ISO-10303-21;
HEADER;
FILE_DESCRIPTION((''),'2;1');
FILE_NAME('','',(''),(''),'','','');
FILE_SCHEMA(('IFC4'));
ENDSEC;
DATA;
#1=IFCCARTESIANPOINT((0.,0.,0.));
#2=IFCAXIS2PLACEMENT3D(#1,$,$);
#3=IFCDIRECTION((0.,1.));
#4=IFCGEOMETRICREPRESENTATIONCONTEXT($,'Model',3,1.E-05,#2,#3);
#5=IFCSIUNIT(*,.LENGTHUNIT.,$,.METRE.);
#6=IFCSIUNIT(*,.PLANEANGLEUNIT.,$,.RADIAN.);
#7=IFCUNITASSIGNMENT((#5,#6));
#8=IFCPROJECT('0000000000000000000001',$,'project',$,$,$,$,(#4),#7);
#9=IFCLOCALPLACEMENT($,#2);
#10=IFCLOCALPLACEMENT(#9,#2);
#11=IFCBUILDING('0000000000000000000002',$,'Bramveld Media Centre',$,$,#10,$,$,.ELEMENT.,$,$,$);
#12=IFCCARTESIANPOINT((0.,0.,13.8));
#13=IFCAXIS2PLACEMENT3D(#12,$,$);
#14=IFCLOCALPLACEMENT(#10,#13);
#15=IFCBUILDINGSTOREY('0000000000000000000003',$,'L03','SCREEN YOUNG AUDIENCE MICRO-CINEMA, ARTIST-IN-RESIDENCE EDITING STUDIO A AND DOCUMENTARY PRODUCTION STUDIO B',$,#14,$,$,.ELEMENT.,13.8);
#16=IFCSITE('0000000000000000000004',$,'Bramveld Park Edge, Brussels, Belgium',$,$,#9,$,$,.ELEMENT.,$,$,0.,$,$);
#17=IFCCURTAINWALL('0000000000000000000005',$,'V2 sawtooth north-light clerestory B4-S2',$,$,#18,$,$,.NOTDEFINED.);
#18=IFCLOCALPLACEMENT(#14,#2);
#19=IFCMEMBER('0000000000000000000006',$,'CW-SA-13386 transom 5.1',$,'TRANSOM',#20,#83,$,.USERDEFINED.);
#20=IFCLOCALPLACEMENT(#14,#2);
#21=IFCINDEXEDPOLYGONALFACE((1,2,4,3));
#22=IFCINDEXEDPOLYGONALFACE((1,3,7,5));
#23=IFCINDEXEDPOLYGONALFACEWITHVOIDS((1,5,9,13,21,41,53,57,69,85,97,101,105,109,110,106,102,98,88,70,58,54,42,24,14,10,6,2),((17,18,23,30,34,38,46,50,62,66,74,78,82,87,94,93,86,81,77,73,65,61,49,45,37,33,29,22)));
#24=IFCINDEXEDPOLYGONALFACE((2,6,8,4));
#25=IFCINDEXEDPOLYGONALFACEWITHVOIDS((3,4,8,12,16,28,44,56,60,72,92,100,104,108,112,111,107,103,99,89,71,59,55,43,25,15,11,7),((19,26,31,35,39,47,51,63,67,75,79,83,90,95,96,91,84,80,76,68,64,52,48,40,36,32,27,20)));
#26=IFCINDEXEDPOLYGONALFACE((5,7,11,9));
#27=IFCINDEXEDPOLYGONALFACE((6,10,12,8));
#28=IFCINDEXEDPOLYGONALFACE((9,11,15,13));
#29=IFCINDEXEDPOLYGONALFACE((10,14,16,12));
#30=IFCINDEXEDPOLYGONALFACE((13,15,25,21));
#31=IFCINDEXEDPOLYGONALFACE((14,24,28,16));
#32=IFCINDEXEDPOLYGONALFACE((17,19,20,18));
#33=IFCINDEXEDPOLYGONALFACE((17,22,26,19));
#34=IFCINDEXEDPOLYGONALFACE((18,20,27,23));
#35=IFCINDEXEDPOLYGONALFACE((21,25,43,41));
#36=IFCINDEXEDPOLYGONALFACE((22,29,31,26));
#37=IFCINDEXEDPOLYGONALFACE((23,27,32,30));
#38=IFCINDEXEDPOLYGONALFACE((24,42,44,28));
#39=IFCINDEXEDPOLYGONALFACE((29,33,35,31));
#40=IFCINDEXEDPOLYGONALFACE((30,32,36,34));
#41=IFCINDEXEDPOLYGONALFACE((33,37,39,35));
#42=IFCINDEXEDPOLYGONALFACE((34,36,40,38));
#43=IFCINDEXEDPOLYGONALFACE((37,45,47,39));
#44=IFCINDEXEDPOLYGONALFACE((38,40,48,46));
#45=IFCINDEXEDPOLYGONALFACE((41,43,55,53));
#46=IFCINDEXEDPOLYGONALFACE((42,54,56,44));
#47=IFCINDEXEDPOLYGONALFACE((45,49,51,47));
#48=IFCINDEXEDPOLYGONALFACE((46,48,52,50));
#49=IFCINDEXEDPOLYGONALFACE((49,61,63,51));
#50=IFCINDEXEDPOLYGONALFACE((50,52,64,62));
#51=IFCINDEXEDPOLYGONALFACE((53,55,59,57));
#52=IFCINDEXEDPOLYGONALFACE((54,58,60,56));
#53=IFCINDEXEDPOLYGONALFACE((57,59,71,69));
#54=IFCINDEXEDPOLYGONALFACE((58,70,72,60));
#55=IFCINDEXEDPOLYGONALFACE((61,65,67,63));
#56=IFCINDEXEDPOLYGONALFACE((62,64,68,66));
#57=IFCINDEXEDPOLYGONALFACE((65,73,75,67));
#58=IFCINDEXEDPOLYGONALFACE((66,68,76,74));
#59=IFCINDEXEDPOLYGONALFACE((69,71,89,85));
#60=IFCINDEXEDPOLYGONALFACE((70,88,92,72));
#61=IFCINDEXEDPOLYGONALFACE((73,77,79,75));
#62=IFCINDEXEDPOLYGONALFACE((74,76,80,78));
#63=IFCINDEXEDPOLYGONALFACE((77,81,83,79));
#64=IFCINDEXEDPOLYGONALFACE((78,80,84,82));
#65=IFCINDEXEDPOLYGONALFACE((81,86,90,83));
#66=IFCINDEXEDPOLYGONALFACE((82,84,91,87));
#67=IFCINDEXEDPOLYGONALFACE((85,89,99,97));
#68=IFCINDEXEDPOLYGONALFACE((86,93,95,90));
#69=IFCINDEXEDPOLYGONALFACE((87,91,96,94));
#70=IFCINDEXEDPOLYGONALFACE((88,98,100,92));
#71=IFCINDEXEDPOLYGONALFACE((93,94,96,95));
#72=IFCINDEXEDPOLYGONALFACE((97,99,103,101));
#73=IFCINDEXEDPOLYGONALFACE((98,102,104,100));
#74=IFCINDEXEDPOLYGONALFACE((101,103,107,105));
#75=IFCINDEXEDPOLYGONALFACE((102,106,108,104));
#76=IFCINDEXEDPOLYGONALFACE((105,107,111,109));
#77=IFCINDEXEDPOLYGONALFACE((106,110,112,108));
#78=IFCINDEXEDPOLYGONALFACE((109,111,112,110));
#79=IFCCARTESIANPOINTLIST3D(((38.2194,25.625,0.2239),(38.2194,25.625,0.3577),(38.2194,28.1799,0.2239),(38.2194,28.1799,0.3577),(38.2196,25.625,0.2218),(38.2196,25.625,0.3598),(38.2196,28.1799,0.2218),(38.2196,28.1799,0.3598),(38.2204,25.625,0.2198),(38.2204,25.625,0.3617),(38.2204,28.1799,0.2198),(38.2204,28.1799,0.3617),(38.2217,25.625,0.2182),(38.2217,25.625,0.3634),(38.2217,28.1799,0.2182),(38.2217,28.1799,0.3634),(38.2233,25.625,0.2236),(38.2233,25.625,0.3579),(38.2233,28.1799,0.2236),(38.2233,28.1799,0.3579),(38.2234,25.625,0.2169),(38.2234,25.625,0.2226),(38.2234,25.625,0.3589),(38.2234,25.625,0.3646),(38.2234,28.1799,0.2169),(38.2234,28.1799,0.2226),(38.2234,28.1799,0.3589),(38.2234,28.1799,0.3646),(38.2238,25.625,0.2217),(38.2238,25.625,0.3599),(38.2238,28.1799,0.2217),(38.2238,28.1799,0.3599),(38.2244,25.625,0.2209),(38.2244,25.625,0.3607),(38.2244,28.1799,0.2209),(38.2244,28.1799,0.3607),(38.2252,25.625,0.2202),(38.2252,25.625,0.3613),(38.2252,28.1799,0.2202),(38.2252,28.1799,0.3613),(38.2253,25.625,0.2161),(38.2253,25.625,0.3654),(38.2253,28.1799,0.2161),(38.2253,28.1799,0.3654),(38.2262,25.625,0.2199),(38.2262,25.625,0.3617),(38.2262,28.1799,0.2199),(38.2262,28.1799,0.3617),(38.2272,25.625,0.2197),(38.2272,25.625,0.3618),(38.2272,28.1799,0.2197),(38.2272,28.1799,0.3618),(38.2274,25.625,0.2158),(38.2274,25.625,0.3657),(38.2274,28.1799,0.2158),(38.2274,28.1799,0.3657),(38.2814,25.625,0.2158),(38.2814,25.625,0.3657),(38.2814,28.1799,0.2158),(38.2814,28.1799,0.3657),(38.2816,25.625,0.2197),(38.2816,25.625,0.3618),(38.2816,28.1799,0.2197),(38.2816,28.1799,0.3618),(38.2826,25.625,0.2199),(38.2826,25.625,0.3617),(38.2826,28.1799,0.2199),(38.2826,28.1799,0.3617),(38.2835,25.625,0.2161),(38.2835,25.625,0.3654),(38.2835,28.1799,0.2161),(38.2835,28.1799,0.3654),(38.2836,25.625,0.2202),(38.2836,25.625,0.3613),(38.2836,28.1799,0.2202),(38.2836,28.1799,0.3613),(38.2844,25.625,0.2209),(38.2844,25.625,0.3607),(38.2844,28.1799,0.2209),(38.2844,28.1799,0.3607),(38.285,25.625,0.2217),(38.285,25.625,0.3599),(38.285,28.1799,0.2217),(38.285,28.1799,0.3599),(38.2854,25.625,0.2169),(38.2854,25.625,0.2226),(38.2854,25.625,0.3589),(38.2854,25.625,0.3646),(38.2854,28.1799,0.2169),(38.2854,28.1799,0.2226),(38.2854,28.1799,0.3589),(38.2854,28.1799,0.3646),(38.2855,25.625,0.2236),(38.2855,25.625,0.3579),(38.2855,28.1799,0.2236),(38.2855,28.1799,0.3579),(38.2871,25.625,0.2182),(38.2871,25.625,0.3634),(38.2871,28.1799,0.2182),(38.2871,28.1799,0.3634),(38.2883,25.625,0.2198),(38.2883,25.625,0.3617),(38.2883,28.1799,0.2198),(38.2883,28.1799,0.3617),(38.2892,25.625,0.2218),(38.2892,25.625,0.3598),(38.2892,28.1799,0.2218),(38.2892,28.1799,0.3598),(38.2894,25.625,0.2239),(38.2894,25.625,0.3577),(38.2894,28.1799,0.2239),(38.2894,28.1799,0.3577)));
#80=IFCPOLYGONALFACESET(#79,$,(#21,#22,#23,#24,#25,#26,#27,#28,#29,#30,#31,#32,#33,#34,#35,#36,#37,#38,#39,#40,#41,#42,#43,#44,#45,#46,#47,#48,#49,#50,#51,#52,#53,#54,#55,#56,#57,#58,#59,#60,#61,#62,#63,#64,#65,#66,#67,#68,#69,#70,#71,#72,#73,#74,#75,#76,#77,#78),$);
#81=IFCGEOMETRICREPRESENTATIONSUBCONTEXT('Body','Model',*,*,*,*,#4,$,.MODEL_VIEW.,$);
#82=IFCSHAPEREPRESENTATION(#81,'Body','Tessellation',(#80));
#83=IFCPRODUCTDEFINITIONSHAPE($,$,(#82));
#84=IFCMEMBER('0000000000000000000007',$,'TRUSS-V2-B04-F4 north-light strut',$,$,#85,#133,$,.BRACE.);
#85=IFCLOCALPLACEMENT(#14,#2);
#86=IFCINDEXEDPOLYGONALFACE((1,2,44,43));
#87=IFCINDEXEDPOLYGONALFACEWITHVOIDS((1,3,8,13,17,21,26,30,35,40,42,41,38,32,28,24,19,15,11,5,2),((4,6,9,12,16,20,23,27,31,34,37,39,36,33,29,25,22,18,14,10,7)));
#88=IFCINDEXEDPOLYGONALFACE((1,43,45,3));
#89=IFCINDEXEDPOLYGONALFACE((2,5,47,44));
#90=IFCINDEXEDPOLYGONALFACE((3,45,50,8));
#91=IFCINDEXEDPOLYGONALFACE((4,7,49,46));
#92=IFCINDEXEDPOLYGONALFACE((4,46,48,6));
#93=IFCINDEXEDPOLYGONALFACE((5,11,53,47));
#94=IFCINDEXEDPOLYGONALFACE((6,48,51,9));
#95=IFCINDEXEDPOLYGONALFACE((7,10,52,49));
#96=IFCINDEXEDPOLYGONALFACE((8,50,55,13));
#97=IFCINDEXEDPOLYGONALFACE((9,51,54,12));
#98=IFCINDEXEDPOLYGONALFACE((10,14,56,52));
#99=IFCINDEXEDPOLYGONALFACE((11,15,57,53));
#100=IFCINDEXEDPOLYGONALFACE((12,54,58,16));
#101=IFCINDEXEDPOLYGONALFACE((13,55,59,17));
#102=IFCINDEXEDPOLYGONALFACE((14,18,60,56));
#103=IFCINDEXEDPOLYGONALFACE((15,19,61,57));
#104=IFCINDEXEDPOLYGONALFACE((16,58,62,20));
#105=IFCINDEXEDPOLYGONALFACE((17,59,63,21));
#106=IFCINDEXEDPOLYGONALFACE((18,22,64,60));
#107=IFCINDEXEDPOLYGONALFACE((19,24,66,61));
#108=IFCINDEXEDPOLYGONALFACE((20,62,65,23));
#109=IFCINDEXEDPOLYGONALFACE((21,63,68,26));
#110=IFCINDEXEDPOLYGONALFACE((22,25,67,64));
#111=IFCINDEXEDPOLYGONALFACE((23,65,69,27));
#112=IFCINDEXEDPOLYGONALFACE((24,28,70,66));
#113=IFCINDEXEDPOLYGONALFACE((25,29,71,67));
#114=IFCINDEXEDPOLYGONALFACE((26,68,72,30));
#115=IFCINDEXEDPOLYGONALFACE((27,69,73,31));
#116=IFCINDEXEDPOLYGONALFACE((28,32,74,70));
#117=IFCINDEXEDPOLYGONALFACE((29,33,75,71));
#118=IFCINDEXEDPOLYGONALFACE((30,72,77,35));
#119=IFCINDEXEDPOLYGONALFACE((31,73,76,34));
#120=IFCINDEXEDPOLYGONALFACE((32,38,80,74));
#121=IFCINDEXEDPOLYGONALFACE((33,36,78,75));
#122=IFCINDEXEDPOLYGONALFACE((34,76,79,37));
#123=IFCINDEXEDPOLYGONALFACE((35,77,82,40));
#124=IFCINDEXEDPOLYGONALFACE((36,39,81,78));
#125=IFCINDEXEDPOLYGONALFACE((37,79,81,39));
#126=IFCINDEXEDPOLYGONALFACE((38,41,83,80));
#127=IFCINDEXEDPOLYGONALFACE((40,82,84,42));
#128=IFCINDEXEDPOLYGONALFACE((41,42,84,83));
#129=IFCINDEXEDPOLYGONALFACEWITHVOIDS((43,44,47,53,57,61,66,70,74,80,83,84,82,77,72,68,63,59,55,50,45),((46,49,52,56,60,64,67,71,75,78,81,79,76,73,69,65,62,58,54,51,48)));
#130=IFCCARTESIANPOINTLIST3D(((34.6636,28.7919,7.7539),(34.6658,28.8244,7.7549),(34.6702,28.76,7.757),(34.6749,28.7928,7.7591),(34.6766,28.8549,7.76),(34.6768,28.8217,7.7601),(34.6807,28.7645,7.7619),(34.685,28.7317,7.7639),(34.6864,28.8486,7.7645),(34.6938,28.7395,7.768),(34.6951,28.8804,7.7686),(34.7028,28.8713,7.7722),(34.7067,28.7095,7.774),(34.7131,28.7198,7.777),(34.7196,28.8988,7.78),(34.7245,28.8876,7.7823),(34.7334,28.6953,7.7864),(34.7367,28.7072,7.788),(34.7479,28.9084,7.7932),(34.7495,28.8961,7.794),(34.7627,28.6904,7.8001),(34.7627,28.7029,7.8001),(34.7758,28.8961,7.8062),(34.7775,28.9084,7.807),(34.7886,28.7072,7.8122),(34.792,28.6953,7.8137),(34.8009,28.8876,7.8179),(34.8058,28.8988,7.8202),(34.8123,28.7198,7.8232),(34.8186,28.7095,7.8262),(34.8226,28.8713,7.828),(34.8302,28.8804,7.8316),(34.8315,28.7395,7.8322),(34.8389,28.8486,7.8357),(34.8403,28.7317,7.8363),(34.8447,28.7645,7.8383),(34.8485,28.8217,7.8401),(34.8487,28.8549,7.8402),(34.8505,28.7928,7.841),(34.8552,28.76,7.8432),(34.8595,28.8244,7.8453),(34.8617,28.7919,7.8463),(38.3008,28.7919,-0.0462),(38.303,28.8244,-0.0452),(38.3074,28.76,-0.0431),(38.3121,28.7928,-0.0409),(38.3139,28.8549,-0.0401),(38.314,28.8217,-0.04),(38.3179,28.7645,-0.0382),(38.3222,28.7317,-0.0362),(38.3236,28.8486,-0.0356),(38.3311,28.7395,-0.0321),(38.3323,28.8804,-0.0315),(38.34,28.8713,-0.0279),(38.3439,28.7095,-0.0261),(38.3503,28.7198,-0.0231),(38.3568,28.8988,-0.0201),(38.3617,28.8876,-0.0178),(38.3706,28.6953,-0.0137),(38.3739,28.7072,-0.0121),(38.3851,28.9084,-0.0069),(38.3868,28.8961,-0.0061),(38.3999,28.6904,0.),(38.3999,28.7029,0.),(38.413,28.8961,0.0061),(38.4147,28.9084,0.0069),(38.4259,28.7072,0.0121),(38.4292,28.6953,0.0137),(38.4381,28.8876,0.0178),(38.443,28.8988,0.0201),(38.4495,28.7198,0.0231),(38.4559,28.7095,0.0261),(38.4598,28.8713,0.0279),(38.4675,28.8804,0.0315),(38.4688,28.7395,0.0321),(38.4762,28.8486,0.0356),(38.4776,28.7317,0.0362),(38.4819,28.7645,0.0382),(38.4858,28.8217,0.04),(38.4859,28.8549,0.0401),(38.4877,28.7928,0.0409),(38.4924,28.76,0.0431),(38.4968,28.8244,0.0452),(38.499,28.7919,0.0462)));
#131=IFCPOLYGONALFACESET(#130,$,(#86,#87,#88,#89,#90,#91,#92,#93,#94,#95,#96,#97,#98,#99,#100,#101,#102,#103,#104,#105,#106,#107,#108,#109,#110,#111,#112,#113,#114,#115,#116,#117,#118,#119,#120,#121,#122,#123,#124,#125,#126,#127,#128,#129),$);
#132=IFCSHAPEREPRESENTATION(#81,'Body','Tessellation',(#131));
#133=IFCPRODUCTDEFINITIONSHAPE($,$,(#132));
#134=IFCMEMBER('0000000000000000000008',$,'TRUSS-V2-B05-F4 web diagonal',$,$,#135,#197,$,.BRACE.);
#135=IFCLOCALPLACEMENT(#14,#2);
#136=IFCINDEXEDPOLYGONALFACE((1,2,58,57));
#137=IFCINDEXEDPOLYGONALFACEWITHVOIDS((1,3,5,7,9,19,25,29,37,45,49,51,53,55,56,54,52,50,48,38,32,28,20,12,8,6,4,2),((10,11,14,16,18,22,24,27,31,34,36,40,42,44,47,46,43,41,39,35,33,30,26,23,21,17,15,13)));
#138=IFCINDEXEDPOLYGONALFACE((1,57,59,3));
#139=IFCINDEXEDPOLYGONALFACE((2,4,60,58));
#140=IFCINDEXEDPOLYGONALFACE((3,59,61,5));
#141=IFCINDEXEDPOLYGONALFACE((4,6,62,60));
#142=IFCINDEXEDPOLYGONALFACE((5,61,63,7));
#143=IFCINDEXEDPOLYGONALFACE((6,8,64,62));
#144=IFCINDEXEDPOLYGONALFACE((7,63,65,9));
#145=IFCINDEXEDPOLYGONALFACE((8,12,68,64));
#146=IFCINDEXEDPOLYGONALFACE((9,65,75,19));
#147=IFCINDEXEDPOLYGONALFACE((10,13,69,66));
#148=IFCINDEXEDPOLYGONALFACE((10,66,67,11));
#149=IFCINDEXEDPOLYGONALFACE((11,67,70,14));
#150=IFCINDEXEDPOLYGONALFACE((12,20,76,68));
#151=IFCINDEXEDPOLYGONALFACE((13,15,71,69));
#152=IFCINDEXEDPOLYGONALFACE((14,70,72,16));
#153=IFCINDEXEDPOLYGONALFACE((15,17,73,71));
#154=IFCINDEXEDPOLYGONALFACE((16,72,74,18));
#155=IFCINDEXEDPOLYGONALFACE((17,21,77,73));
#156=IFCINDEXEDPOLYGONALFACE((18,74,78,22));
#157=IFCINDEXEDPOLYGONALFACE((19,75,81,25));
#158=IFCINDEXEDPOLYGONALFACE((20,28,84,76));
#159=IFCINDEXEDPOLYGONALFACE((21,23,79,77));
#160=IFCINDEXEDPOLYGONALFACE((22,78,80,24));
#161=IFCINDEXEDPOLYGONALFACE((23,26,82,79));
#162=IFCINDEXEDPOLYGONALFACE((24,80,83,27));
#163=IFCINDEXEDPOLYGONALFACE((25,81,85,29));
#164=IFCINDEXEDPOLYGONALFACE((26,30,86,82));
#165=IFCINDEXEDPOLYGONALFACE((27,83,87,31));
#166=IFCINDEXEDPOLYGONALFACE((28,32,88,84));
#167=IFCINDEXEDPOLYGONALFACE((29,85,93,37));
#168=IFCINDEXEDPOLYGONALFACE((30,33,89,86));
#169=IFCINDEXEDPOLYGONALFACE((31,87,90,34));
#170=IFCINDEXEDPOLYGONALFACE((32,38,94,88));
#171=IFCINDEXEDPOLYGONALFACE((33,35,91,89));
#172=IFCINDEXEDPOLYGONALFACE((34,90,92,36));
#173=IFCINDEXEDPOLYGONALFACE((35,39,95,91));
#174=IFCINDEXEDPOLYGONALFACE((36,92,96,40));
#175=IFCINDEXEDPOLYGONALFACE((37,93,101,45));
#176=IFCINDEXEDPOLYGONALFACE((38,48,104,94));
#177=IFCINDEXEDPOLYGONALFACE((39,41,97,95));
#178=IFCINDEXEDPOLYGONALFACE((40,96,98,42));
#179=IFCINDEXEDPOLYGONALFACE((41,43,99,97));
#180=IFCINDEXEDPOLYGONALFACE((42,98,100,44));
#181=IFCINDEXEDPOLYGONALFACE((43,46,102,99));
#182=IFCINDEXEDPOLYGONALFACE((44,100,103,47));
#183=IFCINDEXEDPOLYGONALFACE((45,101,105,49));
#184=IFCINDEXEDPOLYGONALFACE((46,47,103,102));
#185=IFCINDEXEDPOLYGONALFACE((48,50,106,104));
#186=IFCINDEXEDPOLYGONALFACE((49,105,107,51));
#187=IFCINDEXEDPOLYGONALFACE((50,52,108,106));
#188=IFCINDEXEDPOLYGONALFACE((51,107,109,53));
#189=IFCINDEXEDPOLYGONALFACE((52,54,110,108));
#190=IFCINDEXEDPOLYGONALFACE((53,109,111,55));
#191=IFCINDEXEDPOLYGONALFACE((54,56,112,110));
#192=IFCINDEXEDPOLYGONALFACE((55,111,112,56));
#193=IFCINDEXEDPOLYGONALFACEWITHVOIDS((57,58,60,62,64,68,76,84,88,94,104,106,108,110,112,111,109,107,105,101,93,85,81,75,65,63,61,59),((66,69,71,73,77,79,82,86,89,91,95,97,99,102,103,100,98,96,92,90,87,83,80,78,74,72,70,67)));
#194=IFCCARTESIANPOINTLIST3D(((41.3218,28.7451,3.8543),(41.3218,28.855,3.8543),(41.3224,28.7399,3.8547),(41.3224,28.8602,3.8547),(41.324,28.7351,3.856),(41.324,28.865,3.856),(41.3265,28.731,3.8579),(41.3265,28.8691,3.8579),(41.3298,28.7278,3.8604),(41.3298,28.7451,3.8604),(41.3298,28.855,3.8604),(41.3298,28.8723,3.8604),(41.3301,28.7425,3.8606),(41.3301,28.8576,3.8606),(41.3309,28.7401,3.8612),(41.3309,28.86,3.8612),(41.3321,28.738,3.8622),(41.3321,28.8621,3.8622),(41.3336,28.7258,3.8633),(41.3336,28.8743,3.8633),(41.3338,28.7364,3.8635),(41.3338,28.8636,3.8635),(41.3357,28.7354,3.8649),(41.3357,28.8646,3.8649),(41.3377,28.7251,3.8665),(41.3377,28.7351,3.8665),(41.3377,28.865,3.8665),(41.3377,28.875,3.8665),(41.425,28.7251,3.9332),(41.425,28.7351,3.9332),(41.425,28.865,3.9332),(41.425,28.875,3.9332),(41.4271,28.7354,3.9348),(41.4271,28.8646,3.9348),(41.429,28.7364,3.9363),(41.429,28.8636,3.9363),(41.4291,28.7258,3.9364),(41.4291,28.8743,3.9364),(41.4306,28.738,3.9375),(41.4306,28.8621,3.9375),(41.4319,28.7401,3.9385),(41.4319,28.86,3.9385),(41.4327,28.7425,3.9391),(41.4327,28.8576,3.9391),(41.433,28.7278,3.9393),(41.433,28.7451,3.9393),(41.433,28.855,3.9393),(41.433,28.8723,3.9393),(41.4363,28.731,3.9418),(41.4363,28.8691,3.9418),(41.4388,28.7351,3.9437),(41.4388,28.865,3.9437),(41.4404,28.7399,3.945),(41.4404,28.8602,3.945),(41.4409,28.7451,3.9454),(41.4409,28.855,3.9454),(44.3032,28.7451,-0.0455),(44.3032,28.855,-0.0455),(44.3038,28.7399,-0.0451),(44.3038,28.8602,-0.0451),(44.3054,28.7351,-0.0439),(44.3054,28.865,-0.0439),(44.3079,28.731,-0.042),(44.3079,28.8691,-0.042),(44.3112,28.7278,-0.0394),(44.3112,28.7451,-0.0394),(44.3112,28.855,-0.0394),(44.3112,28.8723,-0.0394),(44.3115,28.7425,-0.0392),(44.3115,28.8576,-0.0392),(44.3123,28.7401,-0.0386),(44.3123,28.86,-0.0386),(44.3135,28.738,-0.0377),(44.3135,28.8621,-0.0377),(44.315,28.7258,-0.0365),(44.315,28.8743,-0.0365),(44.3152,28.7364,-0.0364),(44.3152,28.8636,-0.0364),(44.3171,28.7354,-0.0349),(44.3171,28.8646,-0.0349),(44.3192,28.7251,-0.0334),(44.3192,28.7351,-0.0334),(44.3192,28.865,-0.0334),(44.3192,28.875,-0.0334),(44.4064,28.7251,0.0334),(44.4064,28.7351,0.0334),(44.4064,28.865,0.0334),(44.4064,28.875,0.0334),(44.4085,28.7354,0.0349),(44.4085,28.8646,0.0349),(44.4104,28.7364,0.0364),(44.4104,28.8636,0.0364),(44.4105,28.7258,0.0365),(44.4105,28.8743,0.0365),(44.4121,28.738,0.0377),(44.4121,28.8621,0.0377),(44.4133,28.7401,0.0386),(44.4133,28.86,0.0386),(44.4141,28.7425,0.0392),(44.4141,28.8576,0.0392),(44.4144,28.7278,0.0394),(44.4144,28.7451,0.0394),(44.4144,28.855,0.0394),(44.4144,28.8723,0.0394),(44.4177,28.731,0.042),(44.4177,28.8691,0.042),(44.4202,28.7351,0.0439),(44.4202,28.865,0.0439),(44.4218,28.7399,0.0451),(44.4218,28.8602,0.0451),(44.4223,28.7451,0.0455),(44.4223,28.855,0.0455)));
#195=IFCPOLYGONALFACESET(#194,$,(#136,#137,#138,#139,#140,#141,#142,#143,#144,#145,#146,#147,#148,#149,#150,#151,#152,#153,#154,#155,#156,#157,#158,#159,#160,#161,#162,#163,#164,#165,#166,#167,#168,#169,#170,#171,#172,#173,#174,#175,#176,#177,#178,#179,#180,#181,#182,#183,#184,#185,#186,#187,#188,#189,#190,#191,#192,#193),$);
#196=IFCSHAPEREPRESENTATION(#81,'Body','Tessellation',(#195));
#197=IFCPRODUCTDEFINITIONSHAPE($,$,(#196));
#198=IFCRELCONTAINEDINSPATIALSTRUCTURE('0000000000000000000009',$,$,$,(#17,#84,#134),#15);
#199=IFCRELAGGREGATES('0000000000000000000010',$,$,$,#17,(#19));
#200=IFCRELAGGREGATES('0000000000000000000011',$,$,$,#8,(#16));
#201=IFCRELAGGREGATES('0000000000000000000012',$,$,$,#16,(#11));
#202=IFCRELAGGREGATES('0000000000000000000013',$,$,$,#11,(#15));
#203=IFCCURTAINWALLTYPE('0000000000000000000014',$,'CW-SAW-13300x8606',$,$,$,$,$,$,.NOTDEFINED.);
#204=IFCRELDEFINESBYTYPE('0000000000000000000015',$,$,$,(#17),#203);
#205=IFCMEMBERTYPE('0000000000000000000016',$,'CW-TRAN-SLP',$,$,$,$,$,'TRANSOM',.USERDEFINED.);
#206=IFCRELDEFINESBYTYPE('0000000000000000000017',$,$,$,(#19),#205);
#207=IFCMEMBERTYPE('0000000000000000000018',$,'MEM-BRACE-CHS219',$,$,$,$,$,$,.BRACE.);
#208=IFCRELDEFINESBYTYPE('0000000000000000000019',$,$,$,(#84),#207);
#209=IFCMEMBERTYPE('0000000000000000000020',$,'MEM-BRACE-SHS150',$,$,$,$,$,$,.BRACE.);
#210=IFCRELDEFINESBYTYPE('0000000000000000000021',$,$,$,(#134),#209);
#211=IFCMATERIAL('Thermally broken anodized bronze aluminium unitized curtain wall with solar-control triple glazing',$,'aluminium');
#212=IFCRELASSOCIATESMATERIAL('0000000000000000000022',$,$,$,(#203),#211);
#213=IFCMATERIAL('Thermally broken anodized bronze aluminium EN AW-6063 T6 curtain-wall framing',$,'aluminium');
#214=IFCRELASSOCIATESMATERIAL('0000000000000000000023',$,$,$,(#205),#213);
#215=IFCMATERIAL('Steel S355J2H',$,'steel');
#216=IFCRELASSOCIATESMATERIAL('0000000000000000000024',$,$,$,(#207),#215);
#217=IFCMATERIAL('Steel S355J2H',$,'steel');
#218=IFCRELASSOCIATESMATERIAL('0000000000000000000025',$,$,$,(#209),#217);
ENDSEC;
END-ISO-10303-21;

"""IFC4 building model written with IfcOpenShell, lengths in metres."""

from ifc_helpers import new_model, si_unit, direction, frame, origin, origin_2d, place, context, subcontext, project, spatial, hollow_rectangle, hollow_circle, extrude, material, material_profile, profile_set, type_object, element, aggregate, save


model = new_model("IFC4")

# Units and contexts
model_context = context("Model", 3, precision=1e-05, world=origin(), true_north=direction((0.0, 1.0)))
body_context = subcontext(model_context, "Body", "Model", "MODEL_VIEW")
ifc_project = project(units=[si_unit("LENGTHUNIT", "METRE"), si_unit("PLANEANGLEUNIT", "RADIAN")], contexts=[model_context])

# Site, building, storey
site_placement = place(None, origin())
site = spatial("IfcSite", under=ifc_project, at=site_placement, Name="Bramveld Park Edge, Brussels, Belgium", CompositionType="ELEMENT", RefElevation=0.0)
building_placement = place(site_placement, origin())
building = spatial("IfcBuilding", under=site, at=building_placement, Name="Bramveld Media Centre", CompositionType="ELEMENT")
storey_placement = place(building_placement, frame((0.0, 0.0, 13.8)))
storey = spatial("IfcBuildingStorey", under=building, at=storey_placement, Name="L03", Description="SCREEN YOUNG AUDIENCE MICRO-CINEMA, ARTIST-IN-RESIDENCE EDITING STUDIO A AND DOCUMENTARY PRODUCTION STUDIO B", CompositionType="ELEMENT", Elevation=13.8)

# Curtain wall, member
ifc_material_1 = material(Name="Thermally broken anodized bronze aluminium unitized curtain wall with solar-control triple glazing", Category="aluminium")
curtain_wall_type = type_object("IfcCurtainWallType", Name="CW-SAW-13300x8606", PredefinedType="NOTDEFINED", material=ifc_material_1)
curtain_wall_placement = place(storey_placement, origin())
curtain_wall = element("IfcCurtainWall", 1, at=curtain_wall_placement, inside=storey, type_object=curtain_wall_type, Name="V2 sawtooth north-light clerestory B4-S2", PredefinedType="NOTDEFINED")
ifc_material_2 = material(Name="Thermally broken anodized bronze aluminium EN AW-6063 T6 curtain-wall framing", Category="aluminium")
ifc_material_profile_1 = material_profile(ifc_material_2, hollow_rectangle(XDim=0.0701, YDim=0.1499, WallThickness=0.0039, InnerFilletRadius=0.0039, OuterFilletRadius=0.0081, at=origin_2d()), Name="AL-TRAN 70x150")
ifc_profile_set_1 = profile_set([ifc_material_profile_1], Name="Thermally broken anodized bronze aluminium EN AW-6063 T6 curtain-wall framing")
member_type_1 = type_object("IfcMemberType", Name="CW-TRAN-SLP", ElementType="TRANSOM", PredefinedType="USERDEFINED", material=ifc_profile_set_1)
member_1_placement = place(storey_placement, frame((38.2544, 25.625, 0.2908), z_axis=(0.0, 1.0, 0.0), x_axis=(-1.0, 0.0, 0.0)))
member_1 = element("IfcMember", 2, at=member_1_placement, type_object=member_type_1, Name="CW-SA-13386 transom 5.1", ObjectType="TRANSOM", PredefinedType="USERDEFINED", context=body_context, shape_type="SweptSolid", body=[
    extrude(hollow_rectangle(XDim=0.0701, YDim=0.1499, WallThickness=0.0039, InnerFilletRadius=0.0039, OuterFilletRadius=0.0081, at=origin_2d()), origin(), (0.0, 0.0, 1.0), 2.5549),
])

# Members
ifc_material_3 = material(Name="Steel S355J2H", Category="steel")
ifc_material_profile_2 = material_profile(ifc_material_3, hollow_circle(Radius=0.1096, WallThickness=0.0125, at=origin_2d()), Name="CHS 219.1x12.5")
ifc_profile_set_2 = profile_set([ifc_material_profile_2], Name="Steel S355J2H")
member_type_2 = type_object("IfcMemberType", Name="MEM-BRACE-CHS219", PredefinedType="BRACE", material=ifc_profile_set_2)
member_2_placement = place(storey_placement, frame((38.3999, 28.8, 0.0), z_axis=(-0.422617, 0.0, 0.906308), x_axis=(0.0, -1.0, 0.0)))
element("IfcMember", 3, at=member_2_placement, inside=storey, type_object=member_type_2, Name="TRUSS-V2-B04-F4 north-light strut", PredefinedType="BRACE", context=body_context, shape_type="SweptSolid", body=[
    extrude(hollow_circle(Radius=0.1096, WallThickness=0.0125, at=origin_2d()), origin(), (0.0, 0.0, 1.0), 8.6064),
])
ifc_material_4 = material(Name="Steel S355J2H", Category="steel")
ifc_material_profile_3 = material_profile(ifc_material_4, hollow_rectangle(XDim=0.1499, YDim=0.1499, WallThickness=0.01, InnerFilletRadius=0.01, OuterFilletRadius=0.02, at=origin_2d()), Name="SHS 150x150x10")
ifc_profile_set_3 = profile_set([ifc_material_profile_3], Name="Steel S355J2H")
member_type_3 = type_object("IfcMemberType", Name="MEM-BRACE-SHS150", PredefinedType="BRACE", material=ifc_profile_set_3)
member_3_placement = place(storey_placement, frame((44.3628, 28.8, 0.0), z_axis=(-0.607343, 0.0, 0.79444), x_axis=(0.0, -1.0, 0.0)))
element("IfcMember", 4, at=member_3_placement, inside=storey, type_object=member_type_3, Name="TRUSS-V2-B05-F4 web diagonal", PredefinedType="BRACE", context=body_context, shape_type="SweptSolid", body=[
    extrude(hollow_rectangle(XDim=0.1499, YDim=0.1499, WallThickness=0.01, InnerFilletRadius=0.01, OuterFilletRadius=0.02, at=origin_2d()), origin(), (0.0, 0.0, 1.0), 4.9089),
])

aggregate(curtain_wall, [member_1])

save(model, "model.ifc")
